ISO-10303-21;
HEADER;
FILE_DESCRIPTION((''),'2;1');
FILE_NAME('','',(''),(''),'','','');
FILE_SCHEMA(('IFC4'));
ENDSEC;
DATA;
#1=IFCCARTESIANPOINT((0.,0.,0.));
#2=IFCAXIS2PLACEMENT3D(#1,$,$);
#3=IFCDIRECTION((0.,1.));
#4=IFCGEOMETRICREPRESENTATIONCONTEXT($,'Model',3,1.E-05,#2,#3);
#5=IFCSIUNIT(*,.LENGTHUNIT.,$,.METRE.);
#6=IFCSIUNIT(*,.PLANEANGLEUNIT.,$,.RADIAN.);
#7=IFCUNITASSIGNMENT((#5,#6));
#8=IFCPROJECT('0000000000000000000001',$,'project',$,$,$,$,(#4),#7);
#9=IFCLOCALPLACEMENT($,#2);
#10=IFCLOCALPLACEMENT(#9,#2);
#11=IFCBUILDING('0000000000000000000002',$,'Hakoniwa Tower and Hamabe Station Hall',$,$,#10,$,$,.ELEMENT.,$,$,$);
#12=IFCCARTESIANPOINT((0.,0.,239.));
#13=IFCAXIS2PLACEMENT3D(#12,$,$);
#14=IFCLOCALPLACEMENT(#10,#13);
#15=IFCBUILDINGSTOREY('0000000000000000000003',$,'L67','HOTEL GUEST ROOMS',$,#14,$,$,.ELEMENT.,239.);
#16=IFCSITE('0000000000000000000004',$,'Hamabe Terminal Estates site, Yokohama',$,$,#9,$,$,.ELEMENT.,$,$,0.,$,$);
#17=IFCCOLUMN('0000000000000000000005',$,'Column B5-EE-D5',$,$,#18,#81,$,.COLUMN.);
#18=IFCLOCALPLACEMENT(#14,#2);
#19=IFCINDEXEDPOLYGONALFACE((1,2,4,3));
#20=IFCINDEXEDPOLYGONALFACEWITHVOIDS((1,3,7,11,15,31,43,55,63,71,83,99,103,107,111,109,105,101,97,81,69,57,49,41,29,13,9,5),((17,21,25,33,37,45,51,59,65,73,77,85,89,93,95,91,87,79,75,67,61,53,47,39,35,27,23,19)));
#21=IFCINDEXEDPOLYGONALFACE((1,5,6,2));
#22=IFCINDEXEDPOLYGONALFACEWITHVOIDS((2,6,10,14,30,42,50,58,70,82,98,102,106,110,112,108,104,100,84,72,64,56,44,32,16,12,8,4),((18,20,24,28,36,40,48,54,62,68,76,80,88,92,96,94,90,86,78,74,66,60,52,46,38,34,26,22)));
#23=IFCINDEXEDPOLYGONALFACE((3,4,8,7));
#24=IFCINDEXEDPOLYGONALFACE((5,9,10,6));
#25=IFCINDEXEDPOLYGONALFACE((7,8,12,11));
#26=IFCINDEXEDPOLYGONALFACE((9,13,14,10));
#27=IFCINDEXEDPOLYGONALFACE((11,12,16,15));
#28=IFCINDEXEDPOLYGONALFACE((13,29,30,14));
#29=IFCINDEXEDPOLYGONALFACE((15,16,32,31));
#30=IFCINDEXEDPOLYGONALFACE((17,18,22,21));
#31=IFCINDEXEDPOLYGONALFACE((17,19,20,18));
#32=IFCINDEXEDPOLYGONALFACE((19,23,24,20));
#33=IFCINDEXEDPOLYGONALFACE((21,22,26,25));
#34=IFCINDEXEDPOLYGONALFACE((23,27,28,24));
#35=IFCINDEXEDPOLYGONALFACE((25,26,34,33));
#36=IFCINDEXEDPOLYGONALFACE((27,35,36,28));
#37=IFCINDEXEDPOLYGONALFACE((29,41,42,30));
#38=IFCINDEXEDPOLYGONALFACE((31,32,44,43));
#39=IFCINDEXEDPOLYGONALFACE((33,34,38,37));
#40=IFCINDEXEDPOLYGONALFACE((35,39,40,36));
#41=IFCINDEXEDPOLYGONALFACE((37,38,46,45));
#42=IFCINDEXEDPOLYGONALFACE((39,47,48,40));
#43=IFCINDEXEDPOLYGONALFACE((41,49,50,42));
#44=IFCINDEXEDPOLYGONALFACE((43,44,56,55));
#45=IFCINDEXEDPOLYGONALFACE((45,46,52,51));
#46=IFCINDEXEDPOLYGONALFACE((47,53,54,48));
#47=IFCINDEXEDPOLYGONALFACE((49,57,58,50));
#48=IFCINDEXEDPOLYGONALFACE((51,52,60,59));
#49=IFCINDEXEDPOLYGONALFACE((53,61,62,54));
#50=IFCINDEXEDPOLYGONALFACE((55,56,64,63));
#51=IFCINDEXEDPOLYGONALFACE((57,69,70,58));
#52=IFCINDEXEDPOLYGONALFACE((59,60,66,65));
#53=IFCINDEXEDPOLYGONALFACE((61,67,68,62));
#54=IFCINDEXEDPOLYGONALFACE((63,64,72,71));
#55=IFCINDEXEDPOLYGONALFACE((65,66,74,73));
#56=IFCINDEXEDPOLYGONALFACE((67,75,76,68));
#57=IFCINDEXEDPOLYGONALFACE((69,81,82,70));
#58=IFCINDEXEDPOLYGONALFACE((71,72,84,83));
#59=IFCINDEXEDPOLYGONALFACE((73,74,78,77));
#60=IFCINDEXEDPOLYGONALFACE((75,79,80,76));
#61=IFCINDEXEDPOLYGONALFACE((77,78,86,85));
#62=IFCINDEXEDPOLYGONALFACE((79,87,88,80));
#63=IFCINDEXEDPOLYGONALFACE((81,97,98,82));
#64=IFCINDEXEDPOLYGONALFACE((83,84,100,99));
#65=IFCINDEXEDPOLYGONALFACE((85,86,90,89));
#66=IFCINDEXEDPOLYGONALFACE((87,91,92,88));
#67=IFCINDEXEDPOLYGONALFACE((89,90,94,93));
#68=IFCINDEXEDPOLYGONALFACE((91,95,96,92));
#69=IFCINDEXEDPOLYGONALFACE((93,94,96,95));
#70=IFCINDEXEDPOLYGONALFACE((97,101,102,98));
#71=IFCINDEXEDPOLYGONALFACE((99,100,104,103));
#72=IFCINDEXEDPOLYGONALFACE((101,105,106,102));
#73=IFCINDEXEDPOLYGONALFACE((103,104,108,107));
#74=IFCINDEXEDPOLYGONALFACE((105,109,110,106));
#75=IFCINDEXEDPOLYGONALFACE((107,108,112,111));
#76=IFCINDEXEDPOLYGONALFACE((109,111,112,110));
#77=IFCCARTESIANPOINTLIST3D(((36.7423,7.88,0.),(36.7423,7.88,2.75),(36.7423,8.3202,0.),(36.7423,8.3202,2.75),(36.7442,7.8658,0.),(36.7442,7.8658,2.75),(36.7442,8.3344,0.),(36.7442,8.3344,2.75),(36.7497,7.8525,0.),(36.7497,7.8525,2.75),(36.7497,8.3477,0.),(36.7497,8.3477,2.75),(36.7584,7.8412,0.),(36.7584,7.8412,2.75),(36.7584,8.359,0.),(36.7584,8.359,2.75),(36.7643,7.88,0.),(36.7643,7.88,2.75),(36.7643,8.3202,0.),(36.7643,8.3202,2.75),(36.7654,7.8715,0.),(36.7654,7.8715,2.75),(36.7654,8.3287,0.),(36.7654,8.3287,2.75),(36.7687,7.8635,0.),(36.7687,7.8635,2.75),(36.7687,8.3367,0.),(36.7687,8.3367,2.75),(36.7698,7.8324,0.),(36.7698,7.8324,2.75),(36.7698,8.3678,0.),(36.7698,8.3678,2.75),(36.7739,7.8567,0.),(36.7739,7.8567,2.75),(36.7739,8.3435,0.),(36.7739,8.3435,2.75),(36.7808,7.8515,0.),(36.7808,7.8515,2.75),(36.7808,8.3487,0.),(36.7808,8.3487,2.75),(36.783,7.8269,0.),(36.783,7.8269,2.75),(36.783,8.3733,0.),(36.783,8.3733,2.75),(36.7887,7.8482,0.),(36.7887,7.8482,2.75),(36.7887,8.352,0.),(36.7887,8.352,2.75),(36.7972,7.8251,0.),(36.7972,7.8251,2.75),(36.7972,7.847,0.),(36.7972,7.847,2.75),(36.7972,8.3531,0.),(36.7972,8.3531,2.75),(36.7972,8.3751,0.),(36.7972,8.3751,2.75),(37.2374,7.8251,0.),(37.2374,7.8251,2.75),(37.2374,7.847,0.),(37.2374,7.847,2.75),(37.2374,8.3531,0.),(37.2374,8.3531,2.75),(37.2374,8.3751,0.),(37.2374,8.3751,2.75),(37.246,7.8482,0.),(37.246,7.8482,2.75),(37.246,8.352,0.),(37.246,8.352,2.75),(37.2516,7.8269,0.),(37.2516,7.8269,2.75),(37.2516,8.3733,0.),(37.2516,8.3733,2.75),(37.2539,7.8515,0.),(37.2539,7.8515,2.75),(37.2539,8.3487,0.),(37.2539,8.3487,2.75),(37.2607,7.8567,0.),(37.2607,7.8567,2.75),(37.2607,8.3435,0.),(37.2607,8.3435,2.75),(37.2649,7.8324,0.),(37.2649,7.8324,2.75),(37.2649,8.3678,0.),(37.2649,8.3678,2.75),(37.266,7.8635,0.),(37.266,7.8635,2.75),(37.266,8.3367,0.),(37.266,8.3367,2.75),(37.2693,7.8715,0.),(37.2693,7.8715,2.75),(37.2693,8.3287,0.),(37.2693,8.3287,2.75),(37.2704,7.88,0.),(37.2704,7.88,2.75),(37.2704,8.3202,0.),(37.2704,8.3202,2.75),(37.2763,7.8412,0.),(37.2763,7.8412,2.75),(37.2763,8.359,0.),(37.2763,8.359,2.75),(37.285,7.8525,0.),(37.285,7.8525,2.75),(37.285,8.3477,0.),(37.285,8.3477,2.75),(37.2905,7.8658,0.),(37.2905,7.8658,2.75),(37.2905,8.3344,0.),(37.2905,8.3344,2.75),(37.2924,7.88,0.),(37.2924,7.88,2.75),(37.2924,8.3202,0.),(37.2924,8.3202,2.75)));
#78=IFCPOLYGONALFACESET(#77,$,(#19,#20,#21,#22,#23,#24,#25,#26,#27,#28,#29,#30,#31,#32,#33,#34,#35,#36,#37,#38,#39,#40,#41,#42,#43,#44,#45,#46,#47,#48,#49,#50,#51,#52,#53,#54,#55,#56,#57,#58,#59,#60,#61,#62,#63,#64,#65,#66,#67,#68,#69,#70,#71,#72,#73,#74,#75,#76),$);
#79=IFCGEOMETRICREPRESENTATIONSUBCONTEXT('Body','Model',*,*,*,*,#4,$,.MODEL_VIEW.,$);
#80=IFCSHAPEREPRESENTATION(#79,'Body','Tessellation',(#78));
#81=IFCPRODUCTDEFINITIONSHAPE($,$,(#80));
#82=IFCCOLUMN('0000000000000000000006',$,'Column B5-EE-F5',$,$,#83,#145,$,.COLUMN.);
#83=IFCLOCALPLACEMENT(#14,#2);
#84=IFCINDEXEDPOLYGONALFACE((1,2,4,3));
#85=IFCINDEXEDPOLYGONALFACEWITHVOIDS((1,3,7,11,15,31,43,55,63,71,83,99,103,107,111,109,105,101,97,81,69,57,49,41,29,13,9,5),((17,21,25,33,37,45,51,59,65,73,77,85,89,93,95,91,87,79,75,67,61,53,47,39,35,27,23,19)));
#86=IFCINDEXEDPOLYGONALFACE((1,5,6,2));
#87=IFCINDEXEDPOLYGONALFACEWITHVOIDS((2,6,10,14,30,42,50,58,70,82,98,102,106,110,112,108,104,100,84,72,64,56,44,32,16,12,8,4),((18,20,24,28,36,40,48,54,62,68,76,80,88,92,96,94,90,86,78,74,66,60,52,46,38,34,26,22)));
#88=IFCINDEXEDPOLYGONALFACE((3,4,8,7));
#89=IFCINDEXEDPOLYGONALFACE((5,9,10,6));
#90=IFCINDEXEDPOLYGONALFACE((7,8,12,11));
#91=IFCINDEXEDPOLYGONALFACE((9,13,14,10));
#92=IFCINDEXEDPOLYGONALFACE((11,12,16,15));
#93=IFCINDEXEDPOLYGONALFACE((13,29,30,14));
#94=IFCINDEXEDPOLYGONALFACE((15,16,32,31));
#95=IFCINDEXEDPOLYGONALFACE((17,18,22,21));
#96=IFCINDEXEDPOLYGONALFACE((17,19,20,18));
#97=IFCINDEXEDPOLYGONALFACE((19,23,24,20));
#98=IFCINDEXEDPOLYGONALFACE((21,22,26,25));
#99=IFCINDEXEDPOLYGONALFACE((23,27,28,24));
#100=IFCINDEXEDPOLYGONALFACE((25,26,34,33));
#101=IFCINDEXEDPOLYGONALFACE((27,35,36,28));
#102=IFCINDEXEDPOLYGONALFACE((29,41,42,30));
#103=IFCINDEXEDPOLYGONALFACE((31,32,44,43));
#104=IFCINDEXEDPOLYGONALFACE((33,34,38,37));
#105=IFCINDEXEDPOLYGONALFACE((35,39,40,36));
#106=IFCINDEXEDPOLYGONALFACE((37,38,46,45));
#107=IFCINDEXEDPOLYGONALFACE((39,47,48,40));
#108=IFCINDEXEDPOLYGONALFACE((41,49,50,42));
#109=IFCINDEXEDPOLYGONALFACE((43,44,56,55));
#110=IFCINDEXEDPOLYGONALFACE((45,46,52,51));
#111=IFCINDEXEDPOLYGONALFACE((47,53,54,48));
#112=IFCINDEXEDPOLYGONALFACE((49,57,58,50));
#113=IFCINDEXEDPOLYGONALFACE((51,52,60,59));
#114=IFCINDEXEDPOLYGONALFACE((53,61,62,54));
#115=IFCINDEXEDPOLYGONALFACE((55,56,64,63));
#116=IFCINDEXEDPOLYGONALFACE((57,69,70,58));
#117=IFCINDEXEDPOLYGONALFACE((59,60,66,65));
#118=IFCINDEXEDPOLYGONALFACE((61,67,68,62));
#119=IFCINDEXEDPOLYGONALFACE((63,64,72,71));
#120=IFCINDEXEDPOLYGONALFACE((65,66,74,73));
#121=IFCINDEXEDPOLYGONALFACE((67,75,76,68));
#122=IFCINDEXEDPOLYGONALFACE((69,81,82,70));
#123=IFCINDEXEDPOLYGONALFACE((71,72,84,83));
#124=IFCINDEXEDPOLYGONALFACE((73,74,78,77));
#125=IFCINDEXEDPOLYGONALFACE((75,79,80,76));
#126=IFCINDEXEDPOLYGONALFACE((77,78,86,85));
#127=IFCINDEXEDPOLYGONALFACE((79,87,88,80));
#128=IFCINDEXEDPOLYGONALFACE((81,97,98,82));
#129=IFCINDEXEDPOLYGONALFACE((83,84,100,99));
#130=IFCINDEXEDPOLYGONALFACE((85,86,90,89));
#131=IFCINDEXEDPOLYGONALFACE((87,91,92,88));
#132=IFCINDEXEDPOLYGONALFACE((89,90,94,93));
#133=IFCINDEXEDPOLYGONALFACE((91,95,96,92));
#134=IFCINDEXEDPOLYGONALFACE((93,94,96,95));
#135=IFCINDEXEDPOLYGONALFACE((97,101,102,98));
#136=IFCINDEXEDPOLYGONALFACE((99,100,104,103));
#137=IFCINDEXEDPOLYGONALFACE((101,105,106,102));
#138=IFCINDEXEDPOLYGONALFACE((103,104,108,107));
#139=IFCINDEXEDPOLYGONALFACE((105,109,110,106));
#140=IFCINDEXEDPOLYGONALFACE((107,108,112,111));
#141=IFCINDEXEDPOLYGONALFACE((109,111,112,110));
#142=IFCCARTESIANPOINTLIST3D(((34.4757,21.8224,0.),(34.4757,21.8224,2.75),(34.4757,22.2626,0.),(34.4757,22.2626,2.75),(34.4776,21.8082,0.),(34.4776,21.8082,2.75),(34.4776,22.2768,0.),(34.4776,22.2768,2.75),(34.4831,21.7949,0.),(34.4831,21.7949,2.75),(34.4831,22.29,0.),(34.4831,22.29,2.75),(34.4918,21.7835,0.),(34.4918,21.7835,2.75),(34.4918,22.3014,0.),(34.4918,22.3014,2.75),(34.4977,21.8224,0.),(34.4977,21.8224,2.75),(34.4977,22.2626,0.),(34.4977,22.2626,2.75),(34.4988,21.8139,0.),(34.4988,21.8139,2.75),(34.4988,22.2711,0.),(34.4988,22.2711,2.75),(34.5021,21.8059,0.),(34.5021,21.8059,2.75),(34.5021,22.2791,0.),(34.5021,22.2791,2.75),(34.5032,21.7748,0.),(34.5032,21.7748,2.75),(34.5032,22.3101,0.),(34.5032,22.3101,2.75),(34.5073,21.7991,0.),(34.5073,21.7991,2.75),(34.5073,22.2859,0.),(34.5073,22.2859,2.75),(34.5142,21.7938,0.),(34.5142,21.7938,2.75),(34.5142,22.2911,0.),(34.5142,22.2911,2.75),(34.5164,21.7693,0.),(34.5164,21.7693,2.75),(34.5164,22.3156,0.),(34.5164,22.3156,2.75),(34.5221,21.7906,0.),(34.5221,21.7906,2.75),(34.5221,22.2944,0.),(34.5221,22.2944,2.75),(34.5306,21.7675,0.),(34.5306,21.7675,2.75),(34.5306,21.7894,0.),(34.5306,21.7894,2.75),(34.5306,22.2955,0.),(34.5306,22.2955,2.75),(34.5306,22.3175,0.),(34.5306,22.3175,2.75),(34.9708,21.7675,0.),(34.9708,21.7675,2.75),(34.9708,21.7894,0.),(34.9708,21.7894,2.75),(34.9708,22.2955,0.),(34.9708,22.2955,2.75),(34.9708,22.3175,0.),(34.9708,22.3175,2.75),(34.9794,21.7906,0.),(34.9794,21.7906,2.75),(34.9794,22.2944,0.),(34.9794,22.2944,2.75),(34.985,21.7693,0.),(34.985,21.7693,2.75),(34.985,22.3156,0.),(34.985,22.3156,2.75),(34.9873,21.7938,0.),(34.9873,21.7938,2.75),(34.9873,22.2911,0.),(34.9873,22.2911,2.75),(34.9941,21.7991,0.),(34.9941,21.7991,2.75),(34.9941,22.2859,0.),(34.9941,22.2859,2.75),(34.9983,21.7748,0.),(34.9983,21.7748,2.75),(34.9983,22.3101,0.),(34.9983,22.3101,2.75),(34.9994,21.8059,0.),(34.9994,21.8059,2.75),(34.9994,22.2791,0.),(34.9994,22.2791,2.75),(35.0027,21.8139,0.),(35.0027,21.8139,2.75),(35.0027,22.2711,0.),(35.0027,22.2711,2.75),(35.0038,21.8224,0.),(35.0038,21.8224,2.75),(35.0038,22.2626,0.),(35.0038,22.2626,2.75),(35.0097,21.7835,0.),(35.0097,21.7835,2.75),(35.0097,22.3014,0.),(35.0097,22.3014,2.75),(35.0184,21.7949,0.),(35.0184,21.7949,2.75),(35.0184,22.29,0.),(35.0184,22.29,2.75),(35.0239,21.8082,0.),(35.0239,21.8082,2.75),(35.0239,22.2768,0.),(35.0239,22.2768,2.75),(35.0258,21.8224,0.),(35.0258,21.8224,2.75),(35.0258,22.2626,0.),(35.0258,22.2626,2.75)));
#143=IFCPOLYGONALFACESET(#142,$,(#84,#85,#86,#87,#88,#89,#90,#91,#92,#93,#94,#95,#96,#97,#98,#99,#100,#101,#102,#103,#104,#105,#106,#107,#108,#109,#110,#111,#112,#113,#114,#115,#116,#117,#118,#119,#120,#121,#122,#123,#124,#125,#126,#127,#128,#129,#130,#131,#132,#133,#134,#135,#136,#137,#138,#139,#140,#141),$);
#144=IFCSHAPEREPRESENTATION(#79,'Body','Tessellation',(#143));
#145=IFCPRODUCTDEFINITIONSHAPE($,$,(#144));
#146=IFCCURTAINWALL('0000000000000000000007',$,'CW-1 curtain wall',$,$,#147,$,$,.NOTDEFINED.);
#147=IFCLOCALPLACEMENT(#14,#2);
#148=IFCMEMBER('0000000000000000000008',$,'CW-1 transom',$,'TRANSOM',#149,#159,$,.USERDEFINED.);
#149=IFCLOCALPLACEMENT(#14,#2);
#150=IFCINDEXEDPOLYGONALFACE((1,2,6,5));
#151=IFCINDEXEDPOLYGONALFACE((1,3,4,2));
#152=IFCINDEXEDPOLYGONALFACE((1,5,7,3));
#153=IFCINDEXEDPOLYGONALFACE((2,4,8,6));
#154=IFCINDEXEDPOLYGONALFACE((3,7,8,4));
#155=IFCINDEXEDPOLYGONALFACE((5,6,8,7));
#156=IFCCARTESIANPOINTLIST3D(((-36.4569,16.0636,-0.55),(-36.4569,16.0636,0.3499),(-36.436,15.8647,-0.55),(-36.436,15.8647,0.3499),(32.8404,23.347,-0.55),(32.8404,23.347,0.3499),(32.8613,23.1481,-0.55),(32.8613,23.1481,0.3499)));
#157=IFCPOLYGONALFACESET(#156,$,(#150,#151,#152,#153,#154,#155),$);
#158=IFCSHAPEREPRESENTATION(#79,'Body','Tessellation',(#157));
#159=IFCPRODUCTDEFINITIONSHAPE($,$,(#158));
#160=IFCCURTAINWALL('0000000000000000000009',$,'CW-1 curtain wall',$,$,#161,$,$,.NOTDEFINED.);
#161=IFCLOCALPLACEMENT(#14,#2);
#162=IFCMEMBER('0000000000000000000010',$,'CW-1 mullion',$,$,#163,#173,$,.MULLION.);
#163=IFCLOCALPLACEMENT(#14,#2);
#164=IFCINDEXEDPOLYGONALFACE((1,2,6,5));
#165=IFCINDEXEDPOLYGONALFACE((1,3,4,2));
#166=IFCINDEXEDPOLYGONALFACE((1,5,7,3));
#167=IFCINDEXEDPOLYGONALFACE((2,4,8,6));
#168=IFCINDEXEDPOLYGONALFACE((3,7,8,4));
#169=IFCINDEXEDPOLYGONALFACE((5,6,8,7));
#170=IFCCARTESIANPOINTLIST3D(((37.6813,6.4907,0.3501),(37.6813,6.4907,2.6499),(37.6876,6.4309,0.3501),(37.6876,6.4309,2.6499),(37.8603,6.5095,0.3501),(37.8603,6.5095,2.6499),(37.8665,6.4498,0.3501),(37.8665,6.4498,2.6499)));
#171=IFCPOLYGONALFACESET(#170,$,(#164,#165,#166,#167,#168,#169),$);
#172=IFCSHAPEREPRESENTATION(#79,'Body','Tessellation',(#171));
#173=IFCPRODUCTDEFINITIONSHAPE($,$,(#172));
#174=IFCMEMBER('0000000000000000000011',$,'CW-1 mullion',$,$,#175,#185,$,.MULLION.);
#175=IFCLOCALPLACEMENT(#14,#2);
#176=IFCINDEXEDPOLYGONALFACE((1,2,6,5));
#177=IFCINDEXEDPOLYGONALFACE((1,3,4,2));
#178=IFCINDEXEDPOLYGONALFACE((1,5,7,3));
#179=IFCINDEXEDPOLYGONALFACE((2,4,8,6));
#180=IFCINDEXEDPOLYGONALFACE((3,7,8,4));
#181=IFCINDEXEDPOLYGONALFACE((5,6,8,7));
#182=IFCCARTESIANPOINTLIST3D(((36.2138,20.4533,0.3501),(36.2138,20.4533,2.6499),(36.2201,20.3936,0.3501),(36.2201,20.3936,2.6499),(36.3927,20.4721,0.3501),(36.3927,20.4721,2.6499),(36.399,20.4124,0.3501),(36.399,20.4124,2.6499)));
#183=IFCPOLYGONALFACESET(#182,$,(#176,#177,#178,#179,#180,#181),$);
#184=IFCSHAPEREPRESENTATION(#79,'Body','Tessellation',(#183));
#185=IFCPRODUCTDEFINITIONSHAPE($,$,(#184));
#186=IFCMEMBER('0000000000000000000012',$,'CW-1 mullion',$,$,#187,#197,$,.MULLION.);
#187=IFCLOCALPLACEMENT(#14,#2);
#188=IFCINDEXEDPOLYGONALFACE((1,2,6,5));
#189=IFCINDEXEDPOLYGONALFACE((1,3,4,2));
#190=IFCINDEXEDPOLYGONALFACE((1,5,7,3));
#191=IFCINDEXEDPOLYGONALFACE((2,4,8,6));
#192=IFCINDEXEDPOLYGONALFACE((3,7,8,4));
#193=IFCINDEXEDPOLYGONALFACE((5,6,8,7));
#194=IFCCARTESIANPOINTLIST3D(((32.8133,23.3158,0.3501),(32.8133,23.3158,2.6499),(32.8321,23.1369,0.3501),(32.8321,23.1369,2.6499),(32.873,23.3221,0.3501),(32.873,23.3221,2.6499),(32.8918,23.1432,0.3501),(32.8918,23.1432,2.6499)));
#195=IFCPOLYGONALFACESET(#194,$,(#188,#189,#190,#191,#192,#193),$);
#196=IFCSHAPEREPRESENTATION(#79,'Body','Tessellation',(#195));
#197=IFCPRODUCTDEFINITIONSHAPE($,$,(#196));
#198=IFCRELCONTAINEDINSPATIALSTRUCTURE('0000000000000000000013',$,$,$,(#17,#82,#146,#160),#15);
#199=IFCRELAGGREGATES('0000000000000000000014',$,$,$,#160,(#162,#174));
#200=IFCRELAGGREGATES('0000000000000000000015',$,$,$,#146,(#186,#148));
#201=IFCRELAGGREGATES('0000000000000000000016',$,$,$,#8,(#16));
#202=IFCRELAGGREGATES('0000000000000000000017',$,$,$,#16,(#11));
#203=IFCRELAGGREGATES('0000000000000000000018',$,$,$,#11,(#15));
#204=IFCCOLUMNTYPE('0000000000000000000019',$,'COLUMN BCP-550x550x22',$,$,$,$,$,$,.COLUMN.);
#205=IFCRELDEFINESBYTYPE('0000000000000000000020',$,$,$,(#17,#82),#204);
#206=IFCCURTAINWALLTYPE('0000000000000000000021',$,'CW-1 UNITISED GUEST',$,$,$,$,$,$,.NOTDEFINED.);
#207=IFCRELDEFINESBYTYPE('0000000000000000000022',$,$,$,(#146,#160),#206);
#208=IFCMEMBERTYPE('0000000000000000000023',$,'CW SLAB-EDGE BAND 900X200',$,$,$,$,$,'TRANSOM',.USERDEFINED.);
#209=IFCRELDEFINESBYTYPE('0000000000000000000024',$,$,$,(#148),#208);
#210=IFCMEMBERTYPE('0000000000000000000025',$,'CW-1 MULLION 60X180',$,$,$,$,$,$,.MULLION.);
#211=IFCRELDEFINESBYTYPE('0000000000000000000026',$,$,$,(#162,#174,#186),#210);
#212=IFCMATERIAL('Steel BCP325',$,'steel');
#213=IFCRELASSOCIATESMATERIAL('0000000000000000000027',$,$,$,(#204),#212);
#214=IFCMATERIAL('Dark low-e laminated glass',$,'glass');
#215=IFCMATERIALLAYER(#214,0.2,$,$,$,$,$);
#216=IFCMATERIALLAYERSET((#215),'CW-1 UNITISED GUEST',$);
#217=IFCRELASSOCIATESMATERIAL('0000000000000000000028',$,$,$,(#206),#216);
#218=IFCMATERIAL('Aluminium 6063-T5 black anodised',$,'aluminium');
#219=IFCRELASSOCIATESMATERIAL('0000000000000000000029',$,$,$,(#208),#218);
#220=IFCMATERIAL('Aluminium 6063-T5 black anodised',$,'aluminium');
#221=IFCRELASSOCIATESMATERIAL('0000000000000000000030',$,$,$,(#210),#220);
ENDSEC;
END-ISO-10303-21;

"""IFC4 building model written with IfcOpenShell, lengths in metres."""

from ifc_helpers import new_model, si_unit, direction, frame, origin, origin_2d, place, context, subcontext, project, spatial, rectangle, hollow_rectangle, extrude, material, layer, layer_set, material_profile, profile_set, type_object, element, aggregate, save


model = new_model("IFC4")

# Units and contexts
model_context = context("Model", 3, precision=1e-05, world=origin(), true_north=direction((0.0, 1.0)))
body_context = subcontext(model_context, "Body", "Model", "MODEL_VIEW")
ifc_project = project(units=[si_unit("LENGTHUNIT", "METRE"), si_unit("PLANEANGLEUNIT", "RADIAN")], contexts=[model_context])

# Site, building, storey
site_placement = place(None, origin())
site = spatial("IfcSite", under=ifc_project, at=site_placement, Name="Hamabe Terminal Estates site, Yokohama", CompositionType="ELEMENT", RefElevation=0.0)
building_placement = place(site_placement, origin())
building = spatial("IfcBuilding", under=site, at=building_placement, Name="Hakoniwa Tower and Hamabe Station Hall", CompositionType="ELEMENT")
storey_placement = place(building_placement, frame((0.0, 0.0, 239.0)))
storey = spatial("IfcBuildingStorey", under=building, at=storey_placement, Name="L67", Description="HOTEL GUEST ROOMS", CompositionType="ELEMENT", Elevation=239.0)

# Columns
ifc_material_1 = material(Name="Steel BCP325", Category="steel")
ifc_material_profile_1 = material_profile(ifc_material_1, hollow_rectangle(XDim=0.55, YDim=0.55, WallThickness=0.022, InnerFilletRadius=0.033, OuterFilletRadius=0.0549, at=origin_2d()), Name="BCP-550x550x22")
ifc_profile_set_1 = profile_set([ifc_material_profile_1], Name="Steel BCP325")
column_type = type_object("IfcColumnType", Name="COLUMN BCP-550x550x22", PredefinedType="COLUMN", material=ifc_profile_set_1)
for number, where, z_axis, x_axis, name in (
    (1, (37.0173, 8.1001, 0.0), (0.0, 0.0, 1.0), (1.0, 0.0, 0.0), "Column B5-EE-D5"),
    (2, (34.7507, 22.0425, 0.0), (0.0, 0.0, 1.0), (1.0, 0.0, 0.0), "Column B5-EE-F5"),
):
    element("IfcColumn", number, at=place(storey_placement, frame(where, z_axis=z_axis, x_axis=x_axis)), inside=storey, type_object=column_type, Name=name, PredefinedType="COLUMN", context=body_context, shape_type="SweptSolid", body=[
        extrude(hollow_rectangle(XDim=0.55, YDim=0.55, WallThickness=0.022, InnerFilletRadius=0.033, OuterFilletRadius=0.0549, at=origin_2d()), origin(), (0.0, 0.0, 1.0), 2.75),
    ])

# Curtain wall, member
ifc_material_2 = material(Name="Dark low-e laminated glass", Category="glass")
ifc_layer_1 = layer(ifc_material_2, 0.2)
ifc_layer_set_1 = layer_set([ifc_layer_1], Name="CW-1 UNITISED GUEST")
curtain_wall_type = type_object("IfcCurtainWallType", Name="CW-1 UNITISED GUEST", PredefinedType="NOTDEFINED", material=ifc_layer_set_1)
curtain_wall_1_placement = place(storey_placement, origin())
curtain_wall_1 = element("IfcCurtainWall", 3, at=curtain_wall_1_placement, inside=storey, type_object=curtain_wall_type, Name="CW-1 curtain wall", PredefinedType="NOTDEFINED")
ifc_material_3 = material(Name="Aluminium 6063-T5 black anodised", Category="aluminium")
ifc_material_profile_2 = material_profile(ifc_material_3, rectangle(XDim=0.2, YDim=0.8999, at=origin_2d()), Name="CW SLAB-EDGE BAND 900X200")
ifc_profile_set_2 = profile_set([ifc_material_profile_2], Name="Aluminium 6063-T5 black anodised")
member_type_1 = type_object("IfcMemberType", Name="CW SLAB-EDGE BAND 900X200", ElementType="TRANSOM", PredefinedType="USERDEFINED", material=ifc_profile_set_2)
member_1_placement = place(storey_placement, frame((32.8508, 23.2476, -0.1001), z_axis=(-0.994522, -0.104528, 0.0), x_axis=(0.104528, -0.994522, 0.0)))
member_1 = element("IfcMember", 4, at=member_1_placement, type_object=member_type_1, Name="CW-1 transom", ObjectType="TRANSOM", PredefinedType="USERDEFINED", context=body_context, shape_type="SweptSolid", body=[
    extrude(rectangle(XDim=0.2, YDim=0.8999, at=origin_2d()), origin(), (0.0, 0.0, 1.0), 69.679),
])

# Curtain wall, members
curtain_wall_2_placement = place(storey_placement, origin())
curtain_wall_2 = element("IfcCurtainWall", 5, at=curtain_wall_2_placement, inside=storey, type_object=curtain_wall_type, Name="CW-1 curtain wall", PredefinedType="NOTDEFINED")
ifc_material_4 = material(Name="Aluminium 6063-T5 black anodised", Category="aluminium")
ifc_material_profile_3 = material_profile(ifc_material_4, rectangle(XDim=0.0601, YDim=0.1799, at=origin_2d()), Name="CW-1 MULLION 60X180")
ifc_profile_set_3 = profile_set([ifc_material_profile_3], Name="Aluminium 6063-T5 black anodised")
member_type_2 = type_object("IfcMemberType", Name="CW-1 MULLION 60X180", PredefinedType="MULLION", material=ifc_profile_set_3)
member_2_placement = place(storey_placement, frame((37.7739, 6.4702, 0.3501), z_axis=(0.0, 0.0, 1.0), x_axis=(-0.104528, 0.994522, 0.0)))
member_2 = element("IfcMember", 6, at=member_2_placement, type_object=member_type_2, Name="CW-1 mullion", PredefinedType="MULLION", context=body_context, shape_type="SweptSolid", body=[
    extrude(rectangle(XDim=0.0601, YDim=0.1799, at=origin_2d()), origin(), (0.0, 0.0, 1.0), 2.2998),
])
member_3_placement = place(storey_placement, frame((36.3064, 20.4329, 0.3501), z_axis=(0.0, 0.0, 1.0), x_axis=(-0.104528, 0.994522, 0.0)))
member_3 = element("IfcMember", 7, at=member_3_placement, type_object=member_type_2, Name="CW-1 mullion", PredefinedType="MULLION", context=body_context, shape_type="SweptSolid", body=[
    extrude(rectangle(XDim=0.0601, YDim=0.1799, at=origin_2d()), origin(), (0.0, 0.0, 1.0), 2.2998),
])

# Member
member_4_placement = place(storey_placement, frame((32.8525, 23.2295, 0.3501), z_axis=(0.0, 0.0, 1.0), x_axis=(-0.994522, -0.104528, 0.0)))
member_4 = element("IfcMember", 8, at=member_4_placement, type_object=member_type_2, Name="CW-1 mullion", PredefinedType="MULLION", context=body_context, shape_type="SweptSolid", body=[
    extrude(rectangle(XDim=0.0601, YDim=0.1799, at=origin_2d()), origin(), (0.0, 0.0, 1.0), 2.2998),
])

aggregate(curtain_wall_2, [member_2, member_3])
aggregate(curtain_wall_1, [member_4, member_1])

save(model, "model.ifc")
